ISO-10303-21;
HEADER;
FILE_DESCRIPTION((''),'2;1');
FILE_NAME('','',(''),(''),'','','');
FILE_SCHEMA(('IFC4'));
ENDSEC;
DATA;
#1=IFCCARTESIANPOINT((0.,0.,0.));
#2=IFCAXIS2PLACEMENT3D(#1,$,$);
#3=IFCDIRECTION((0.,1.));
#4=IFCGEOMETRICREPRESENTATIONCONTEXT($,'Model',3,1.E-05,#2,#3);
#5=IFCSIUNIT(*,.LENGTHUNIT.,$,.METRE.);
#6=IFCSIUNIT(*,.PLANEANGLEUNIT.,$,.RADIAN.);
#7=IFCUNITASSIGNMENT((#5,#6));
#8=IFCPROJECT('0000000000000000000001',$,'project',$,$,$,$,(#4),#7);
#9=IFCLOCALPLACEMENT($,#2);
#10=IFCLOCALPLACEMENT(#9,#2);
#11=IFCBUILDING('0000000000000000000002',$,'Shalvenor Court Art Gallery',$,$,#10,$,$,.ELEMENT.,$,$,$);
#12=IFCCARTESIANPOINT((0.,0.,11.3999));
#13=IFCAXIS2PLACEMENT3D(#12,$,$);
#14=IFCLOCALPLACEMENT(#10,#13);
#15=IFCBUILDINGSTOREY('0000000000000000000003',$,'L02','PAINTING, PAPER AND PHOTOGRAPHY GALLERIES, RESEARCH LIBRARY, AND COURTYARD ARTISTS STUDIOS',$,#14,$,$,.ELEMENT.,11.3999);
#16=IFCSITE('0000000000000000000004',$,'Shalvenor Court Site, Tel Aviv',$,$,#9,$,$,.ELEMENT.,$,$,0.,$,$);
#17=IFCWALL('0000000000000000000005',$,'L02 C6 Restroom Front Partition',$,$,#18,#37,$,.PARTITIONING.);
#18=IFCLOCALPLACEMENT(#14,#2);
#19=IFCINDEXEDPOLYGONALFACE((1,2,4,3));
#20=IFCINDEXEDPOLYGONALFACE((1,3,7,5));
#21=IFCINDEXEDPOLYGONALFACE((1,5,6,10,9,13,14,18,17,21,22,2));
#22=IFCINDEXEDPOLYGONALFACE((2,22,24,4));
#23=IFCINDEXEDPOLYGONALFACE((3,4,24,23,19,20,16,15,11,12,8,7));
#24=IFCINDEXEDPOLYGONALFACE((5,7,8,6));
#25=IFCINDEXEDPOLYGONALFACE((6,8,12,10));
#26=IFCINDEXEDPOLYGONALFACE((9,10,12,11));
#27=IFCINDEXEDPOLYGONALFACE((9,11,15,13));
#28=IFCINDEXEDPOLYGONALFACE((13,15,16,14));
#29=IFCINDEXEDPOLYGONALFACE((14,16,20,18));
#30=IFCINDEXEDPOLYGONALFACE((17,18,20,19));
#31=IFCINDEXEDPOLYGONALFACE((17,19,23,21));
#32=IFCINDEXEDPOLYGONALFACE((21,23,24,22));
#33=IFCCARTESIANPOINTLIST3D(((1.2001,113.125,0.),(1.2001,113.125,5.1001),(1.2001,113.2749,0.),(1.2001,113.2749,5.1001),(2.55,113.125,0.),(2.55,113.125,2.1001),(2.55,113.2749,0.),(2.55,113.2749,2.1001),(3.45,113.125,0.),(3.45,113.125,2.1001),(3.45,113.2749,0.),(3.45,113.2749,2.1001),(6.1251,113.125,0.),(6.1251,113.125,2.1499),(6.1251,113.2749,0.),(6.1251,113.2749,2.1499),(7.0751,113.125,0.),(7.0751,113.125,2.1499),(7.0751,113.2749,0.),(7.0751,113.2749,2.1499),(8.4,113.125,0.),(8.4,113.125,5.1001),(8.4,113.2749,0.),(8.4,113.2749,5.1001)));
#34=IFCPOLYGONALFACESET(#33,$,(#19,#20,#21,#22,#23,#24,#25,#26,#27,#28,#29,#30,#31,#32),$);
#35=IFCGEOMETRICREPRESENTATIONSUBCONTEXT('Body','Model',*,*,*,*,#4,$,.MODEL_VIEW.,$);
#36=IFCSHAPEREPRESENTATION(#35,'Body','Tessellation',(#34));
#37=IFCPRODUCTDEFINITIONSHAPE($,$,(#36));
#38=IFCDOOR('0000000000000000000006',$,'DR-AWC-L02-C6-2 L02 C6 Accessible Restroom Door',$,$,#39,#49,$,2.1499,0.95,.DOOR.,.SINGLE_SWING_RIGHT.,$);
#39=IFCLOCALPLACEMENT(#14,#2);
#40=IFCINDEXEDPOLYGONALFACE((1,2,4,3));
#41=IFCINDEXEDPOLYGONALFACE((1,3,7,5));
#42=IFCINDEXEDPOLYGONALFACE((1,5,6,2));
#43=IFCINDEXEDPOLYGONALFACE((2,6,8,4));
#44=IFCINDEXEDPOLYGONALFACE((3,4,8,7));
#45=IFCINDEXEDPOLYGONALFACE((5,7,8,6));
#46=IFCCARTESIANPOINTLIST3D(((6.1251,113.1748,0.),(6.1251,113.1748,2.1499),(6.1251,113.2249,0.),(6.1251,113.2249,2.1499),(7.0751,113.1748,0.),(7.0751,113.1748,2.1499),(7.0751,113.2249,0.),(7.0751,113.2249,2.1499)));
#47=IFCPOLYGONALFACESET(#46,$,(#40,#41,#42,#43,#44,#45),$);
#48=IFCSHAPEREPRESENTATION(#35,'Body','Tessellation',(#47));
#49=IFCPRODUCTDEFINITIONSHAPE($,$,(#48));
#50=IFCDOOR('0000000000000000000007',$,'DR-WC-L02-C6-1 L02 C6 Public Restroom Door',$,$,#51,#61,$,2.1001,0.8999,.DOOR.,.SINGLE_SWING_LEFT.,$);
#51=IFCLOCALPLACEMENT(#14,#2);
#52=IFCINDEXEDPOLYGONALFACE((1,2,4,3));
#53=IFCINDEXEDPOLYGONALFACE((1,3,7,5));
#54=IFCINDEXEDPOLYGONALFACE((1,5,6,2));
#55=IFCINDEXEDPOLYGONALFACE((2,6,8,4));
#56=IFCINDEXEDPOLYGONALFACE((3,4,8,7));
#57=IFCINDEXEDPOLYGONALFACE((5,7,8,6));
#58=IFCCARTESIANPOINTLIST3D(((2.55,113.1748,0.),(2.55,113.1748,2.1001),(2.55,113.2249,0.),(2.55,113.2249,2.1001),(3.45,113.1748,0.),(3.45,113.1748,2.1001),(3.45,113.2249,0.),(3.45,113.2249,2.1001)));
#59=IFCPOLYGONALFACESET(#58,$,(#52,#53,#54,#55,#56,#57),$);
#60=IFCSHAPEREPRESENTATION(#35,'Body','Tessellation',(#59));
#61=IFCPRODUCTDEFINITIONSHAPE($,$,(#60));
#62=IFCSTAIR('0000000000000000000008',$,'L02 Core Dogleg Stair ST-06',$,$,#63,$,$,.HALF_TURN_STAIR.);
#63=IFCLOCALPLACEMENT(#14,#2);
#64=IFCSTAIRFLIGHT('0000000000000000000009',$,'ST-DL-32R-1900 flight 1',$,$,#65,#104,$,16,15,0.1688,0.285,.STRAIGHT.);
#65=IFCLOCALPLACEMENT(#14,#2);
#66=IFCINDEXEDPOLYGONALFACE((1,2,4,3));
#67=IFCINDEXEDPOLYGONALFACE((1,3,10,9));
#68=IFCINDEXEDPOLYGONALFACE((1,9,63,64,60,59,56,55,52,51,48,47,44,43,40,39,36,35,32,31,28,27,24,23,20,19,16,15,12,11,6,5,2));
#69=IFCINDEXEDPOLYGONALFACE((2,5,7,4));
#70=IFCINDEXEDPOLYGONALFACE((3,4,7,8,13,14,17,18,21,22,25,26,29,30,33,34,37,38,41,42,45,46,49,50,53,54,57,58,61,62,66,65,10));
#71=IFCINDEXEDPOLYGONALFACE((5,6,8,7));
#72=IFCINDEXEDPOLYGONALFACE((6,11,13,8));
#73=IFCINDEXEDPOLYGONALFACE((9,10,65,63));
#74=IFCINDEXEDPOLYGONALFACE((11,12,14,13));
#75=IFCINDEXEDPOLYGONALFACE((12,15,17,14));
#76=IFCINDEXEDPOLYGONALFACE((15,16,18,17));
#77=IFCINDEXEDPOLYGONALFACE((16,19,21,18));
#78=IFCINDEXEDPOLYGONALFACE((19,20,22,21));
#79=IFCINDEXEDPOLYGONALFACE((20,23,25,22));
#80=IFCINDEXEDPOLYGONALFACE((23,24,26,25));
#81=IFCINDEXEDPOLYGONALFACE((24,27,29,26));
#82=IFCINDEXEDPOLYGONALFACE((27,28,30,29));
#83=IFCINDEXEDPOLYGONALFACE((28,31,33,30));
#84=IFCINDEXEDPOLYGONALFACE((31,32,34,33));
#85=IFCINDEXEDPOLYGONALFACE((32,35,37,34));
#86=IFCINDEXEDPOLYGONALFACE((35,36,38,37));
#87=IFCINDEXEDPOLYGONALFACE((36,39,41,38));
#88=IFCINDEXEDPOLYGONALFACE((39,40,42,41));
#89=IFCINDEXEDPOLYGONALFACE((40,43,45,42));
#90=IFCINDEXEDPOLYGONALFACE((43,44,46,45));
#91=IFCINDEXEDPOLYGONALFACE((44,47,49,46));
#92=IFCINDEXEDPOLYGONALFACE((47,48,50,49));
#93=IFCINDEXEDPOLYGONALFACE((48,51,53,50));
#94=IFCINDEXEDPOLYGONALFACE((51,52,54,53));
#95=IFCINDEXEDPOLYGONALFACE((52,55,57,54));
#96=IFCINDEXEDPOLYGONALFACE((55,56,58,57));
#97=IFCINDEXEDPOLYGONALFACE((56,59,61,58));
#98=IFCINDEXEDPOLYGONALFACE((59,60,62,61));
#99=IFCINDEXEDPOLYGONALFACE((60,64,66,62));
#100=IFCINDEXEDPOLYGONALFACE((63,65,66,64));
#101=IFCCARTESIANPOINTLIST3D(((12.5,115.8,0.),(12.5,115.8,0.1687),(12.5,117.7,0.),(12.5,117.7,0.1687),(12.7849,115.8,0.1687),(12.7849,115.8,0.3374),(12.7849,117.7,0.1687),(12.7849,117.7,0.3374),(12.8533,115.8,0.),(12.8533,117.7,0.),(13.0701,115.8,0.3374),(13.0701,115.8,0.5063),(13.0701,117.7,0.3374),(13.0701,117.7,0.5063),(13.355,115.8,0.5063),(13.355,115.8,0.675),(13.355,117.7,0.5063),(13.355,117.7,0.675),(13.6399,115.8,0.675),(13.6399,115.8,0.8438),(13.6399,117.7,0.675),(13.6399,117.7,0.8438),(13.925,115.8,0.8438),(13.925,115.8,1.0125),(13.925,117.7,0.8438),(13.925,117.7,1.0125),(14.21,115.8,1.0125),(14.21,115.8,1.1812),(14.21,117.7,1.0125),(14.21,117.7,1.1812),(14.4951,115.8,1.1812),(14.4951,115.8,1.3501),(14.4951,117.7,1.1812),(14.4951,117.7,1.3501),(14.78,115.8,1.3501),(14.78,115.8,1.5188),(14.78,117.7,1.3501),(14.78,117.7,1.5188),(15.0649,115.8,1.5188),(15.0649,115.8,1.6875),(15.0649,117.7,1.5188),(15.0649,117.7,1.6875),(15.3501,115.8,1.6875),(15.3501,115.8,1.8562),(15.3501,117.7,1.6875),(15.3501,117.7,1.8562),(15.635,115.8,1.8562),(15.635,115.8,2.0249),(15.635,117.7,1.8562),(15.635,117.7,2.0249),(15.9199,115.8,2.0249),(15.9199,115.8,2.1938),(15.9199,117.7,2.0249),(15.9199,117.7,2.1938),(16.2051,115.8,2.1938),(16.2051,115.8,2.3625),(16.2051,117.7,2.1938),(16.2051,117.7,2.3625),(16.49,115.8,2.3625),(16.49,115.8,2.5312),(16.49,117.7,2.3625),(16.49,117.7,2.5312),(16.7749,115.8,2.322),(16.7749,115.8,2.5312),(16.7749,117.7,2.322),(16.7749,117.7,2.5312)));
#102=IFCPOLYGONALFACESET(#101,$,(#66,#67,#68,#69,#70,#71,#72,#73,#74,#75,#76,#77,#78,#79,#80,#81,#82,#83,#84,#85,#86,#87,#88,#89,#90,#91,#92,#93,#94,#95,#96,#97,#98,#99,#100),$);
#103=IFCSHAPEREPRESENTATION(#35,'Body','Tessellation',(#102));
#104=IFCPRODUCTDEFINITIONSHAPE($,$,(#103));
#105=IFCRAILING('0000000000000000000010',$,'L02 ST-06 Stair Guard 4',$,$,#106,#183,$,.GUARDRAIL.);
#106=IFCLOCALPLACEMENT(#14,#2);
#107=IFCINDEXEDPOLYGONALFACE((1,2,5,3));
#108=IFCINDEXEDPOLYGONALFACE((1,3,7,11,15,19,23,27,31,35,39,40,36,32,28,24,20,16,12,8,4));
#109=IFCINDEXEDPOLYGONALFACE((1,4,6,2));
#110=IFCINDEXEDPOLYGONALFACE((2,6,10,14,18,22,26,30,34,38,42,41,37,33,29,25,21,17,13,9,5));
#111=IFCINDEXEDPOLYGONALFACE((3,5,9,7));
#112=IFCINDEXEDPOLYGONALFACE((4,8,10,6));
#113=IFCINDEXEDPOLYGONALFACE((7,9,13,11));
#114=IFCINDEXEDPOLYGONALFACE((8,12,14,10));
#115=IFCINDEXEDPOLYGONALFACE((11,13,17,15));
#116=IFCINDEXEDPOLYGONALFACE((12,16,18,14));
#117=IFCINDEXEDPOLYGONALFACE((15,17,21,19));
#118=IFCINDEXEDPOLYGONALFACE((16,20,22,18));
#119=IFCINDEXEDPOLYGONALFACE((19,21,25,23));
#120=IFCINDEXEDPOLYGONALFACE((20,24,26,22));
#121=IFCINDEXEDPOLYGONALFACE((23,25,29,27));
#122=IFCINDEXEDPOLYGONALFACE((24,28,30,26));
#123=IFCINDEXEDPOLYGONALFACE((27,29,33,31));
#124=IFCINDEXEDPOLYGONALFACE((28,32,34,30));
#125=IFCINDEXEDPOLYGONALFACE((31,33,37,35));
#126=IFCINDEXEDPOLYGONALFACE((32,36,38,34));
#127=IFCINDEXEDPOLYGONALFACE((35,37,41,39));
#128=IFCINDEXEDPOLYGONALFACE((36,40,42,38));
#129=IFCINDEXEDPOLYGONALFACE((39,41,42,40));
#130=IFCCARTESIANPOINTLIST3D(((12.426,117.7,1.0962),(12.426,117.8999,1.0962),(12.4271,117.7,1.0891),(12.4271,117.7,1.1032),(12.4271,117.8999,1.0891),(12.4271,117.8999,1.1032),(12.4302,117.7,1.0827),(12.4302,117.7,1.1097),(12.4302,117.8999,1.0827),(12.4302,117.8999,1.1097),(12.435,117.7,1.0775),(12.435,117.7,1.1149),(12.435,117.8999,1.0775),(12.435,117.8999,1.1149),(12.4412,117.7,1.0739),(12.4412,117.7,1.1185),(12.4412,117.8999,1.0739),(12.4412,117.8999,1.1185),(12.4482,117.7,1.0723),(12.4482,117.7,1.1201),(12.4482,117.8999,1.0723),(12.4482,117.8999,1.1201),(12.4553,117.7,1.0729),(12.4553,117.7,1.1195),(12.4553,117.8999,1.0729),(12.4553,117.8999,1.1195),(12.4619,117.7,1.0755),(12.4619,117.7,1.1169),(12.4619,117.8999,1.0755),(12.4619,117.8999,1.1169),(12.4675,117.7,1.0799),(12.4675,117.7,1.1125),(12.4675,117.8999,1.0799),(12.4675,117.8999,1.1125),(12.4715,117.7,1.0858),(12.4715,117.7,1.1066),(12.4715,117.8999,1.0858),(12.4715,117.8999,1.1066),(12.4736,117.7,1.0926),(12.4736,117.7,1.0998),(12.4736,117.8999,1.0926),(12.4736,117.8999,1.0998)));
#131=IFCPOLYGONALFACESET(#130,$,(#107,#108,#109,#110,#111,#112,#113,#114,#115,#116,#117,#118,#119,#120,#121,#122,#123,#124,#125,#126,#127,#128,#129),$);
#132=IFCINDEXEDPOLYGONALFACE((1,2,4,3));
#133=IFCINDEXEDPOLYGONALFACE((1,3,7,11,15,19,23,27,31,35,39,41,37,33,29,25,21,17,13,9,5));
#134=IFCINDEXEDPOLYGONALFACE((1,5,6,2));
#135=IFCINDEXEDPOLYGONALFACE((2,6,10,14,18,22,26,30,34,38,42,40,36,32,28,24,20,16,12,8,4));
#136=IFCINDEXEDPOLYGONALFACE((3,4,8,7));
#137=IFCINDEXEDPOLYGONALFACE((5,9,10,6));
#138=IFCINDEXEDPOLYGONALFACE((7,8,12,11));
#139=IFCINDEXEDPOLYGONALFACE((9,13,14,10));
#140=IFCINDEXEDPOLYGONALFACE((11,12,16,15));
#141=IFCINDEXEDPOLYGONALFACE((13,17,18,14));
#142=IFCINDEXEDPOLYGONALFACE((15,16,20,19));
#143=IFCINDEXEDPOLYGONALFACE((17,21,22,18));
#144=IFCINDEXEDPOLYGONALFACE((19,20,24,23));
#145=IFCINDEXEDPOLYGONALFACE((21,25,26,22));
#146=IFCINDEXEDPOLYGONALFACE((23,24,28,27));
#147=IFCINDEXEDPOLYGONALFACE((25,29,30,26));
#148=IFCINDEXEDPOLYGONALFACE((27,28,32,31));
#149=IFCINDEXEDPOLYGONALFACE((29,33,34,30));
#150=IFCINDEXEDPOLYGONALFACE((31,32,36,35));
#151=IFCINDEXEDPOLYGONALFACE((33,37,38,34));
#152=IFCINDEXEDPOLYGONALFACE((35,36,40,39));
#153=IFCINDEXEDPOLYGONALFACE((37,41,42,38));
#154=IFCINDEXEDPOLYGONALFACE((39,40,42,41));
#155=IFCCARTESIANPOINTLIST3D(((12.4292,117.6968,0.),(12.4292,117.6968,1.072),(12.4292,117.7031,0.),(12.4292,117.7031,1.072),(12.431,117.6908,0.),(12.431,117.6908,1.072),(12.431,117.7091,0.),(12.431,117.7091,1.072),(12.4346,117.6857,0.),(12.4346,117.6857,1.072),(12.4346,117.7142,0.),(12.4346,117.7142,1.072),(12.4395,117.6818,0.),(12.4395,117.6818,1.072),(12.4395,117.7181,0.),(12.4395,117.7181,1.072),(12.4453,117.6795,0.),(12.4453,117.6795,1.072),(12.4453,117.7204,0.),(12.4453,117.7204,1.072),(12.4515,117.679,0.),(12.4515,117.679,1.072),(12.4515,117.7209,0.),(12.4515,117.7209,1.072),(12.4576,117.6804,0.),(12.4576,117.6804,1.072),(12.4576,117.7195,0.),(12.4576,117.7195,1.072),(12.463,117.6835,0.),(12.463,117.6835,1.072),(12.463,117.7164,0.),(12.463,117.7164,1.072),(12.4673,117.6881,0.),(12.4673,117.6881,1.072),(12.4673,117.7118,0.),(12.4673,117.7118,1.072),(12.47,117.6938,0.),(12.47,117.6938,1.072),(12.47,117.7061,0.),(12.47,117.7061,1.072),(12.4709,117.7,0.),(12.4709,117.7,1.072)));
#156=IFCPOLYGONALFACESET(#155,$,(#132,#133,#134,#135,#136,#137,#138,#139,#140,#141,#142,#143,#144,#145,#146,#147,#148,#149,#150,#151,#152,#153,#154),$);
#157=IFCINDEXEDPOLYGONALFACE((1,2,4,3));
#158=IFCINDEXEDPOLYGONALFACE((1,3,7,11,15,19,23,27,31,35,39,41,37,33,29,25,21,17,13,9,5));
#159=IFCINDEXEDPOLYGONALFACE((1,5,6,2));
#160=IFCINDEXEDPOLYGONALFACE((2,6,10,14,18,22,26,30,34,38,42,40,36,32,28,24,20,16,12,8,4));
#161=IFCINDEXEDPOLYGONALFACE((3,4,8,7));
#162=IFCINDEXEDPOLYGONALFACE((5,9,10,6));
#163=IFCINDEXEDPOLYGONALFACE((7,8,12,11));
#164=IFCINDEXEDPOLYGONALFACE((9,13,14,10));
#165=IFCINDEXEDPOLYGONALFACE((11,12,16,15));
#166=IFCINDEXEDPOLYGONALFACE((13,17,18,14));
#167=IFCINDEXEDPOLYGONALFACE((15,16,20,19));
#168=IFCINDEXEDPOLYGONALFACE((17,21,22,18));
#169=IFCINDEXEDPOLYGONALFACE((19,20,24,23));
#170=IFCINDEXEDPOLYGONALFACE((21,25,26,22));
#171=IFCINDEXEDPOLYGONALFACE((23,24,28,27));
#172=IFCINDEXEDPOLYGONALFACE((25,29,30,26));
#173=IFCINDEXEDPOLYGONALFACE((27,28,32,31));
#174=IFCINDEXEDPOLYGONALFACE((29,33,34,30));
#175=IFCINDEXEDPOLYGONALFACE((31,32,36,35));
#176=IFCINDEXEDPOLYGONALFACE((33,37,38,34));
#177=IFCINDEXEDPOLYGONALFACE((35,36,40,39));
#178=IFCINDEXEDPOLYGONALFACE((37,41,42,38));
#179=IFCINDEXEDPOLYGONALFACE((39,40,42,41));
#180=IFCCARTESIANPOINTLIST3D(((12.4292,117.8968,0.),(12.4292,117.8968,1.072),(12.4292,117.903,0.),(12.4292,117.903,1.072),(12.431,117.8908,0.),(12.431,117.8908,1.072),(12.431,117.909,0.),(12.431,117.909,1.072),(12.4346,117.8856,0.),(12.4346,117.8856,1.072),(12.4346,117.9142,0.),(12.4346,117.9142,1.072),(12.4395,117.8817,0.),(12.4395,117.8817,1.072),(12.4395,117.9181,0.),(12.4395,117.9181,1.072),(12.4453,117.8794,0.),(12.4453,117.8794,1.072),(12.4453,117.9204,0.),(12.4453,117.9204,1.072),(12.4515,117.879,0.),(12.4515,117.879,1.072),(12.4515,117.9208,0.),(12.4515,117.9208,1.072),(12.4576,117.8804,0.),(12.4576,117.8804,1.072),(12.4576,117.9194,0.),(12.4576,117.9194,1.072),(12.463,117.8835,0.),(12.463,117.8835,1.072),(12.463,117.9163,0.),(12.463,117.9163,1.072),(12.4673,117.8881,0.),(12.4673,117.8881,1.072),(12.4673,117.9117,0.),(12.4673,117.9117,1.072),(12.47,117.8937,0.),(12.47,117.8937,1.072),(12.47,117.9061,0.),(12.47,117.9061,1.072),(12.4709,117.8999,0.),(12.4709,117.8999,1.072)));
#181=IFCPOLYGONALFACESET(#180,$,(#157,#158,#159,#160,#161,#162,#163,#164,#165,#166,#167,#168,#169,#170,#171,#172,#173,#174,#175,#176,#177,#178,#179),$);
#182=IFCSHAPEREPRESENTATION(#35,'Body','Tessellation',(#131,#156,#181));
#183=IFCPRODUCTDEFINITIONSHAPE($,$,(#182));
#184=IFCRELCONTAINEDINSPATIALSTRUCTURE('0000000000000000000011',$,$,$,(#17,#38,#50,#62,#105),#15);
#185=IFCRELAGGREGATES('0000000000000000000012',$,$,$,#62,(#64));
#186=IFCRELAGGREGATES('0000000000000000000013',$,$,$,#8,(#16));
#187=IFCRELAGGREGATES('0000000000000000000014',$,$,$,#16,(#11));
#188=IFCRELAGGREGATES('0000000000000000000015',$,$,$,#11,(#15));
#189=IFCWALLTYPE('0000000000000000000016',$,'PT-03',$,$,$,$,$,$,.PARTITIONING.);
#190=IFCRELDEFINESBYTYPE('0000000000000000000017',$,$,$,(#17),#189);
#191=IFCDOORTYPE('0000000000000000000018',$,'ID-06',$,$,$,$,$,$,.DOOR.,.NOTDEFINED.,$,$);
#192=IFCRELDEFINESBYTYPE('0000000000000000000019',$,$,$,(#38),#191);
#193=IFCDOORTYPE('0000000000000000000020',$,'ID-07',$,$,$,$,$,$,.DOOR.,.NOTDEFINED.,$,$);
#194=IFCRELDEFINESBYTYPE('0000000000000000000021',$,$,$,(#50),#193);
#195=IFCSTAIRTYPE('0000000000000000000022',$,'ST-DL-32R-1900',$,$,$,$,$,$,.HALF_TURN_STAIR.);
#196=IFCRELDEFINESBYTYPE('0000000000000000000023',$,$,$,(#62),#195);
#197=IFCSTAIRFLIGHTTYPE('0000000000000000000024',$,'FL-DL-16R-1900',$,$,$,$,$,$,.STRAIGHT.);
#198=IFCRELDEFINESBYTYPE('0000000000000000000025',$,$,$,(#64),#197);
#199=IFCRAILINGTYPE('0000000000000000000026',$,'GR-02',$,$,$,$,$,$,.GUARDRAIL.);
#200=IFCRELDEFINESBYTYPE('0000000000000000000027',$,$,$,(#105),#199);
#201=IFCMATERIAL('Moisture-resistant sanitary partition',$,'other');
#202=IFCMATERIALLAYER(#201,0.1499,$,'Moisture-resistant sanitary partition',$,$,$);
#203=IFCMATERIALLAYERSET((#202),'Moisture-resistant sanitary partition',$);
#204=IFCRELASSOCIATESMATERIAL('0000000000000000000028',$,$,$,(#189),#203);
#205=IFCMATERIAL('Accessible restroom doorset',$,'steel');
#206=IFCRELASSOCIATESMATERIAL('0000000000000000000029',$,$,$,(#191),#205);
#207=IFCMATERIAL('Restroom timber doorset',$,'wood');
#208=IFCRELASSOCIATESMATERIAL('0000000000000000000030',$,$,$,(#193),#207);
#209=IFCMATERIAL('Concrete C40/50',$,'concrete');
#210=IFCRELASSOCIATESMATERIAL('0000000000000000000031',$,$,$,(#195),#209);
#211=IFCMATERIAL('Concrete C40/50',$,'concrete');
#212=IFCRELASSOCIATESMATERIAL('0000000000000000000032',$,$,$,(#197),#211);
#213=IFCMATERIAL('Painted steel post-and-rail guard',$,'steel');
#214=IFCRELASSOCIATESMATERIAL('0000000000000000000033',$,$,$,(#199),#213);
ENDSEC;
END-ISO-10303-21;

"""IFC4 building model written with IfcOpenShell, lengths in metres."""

from ifc_helpers import new_model, si_unit, direction, frame, frame_2d, origin, origin_2d, place, context, subcontext, project, spatial, polyline, rectangle, circle, outline, extrude, material, layer, layer_set, type_object, element, fill, aggregate, save


model = new_model("IFC4")

# Units and contexts
model_context = context("Model", 3, precision=1e-05, world=origin(), true_north=direction((0.0, 1.0)))
body_context = subcontext(model_context, "Body", "Model", "MODEL_VIEW")
ifc_project = project(units=[si_unit("LENGTHUNIT", "METRE"), si_unit("PLANEANGLEUNIT", "RADIAN")], contexts=[model_context])

# Site, building, storey
site_placement = place(None, origin())
site = spatial("IfcSite", under=ifc_project, at=site_placement, Name="Shalvenor Court Site, Tel Aviv", CompositionType="ELEMENT", RefElevation=0.0)
building_placement = place(site_placement, origin())
building = spatial("IfcBuilding", under=site, at=building_placement, Name="Shalvenor Court Art Gallery", CompositionType="ELEMENT")
storey_placement = place(building_placement, frame((0.0, 0.0, 11.3999)))
storey = spatial("IfcBuildingStorey", under=building, at=storey_placement, Name="L02", Description="PAINTING, PAPER AND PHOTOGRAPHY GALLERIES, RESEARCH LIBRARY, AND COURTYARD ARTISTS STUDIOS", CompositionType="ELEMENT", Elevation=11.3999)

# Wall, openings, doors
ifc_material_1 = material(Name="Moisture-resistant sanitary partition", Category="other")
ifc_layer_1 = layer(ifc_material_1, 0.1499, Name="Moisture-resistant sanitary partition")
ifc_layer_set_1 = layer_set([ifc_layer_1], Name="Moisture-resistant sanitary partition")
wall_type_1 = type_object("IfcWallType", Name="PT-03", PredefinedType="PARTITIONING", material=ifc_layer_set_1)
wall_1_placement = place(storey_placement, frame((1.2, 113.2, 0.0), z_axis=(0.0, 0.0, 1.0), x_axis=(1.0, 0.0, 0.0)))
wall_1 = element("IfcWall", 1, at=wall_1_placement, inside=storey, type_object=wall_type_1, Name="L02 C6 Restroom Front Partition", PredefinedType="PARTITIONING", context=body_context, shape_type="SweptSolid", body=[
    extrude(rectangle(XDim=7.2, YDim=0.1499, at=frame_2d((3.6001, 0.0))), origin(), (0.0, 0.0, 1.0), 5.1001),
])
opening_1_placement = place(wall_1_placement, frame((1.3501, 0.0, 0.0)))
opening_1 = element("IfcOpeningElement", 2, at=opening_1_placement, cuts=wall_1, PredefinedType="OPENING", context=body_context, shape_type="SweptSolid", body=[
    extrude(rectangle(XDim=0.8999, YDim=2.1001, at=frame_2d((0.45, 1.05))), frame((0.0, 0.085, 0.0), z_axis=(0.0, -1.0, 0.0), x_axis=(1.0, 0.0, 0.0)), (0.0, 0.0, 1.0), 0.1699),
])
opening_2_placement = place(wall_1_placement, frame((4.925, 0.0, 0.0)))
opening_2 = element("IfcOpeningElement", 3, at=opening_2_placement, cuts=wall_1, PredefinedType="OPENING", context=body_context, shape_type="SweptSolid", body=[
    extrude(rectangle(XDim=0.95, YDim=2.1499, at=frame_2d((0.4751, 1.075))), frame((0.0, 0.085, 0.0), z_axis=(0.0, -1.0, 0.0), x_axis=(1.0, 0.0, 0.0)), (0.0, 0.0, 1.0), 0.1699),
])
ifc_material_2 = material(Name="Accessible restroom doorset", Category="steel")
door_type_1 = type_object("IfcDoorType", Name="ID-06", OperationType="NOTDEFINED", PredefinedType="DOOR", material=ifc_material_2)
door_1_placement = place(opening_2_placement, origin())
door_1 = element("IfcDoor", 4, at=door_1_placement, inside=storey, type_object=door_type_1, Name="DR-AWC-L02-C6-2 L02 C6 Accessible Restroom Door", OperationType="SINGLE_SWING_RIGHT", OverallHeight=2.1499, OverallWidth=0.95, PredefinedType="DOOR", context=body_context, shape_type="SweptSolid", body=[
    extrude(rectangle(XDim=0.95, YDim=2.1499, at=frame_2d((0.4751, 1.075))), frame((0.0, 0.0249, 0.0), z_axis=(0.0, -1.0, 0.0), x_axis=(1.0, 0.0, 0.0)), (0.0, 0.0, 1.0), 0.05),
])
fill(opening_2, door_1)
ifc_material_3 = material(Name="Restroom timber doorset", Category="wood")
door_type_2 = type_object("IfcDoorType", Name="ID-07", OperationType="NOTDEFINED", PredefinedType="DOOR", material=ifc_material_3)
door_2_placement = place(opening_1_placement, origin())
door_2 = element("IfcDoor", 5, at=door_2_placement, inside=storey, type_object=door_type_2, Name="DR-WC-L02-C6-1 L02 C6 Public Restroom Door", OperationType="SINGLE_SWING_LEFT", OverallHeight=2.1001, OverallWidth=0.8999, PredefinedType="DOOR", context=body_context, shape_type="SweptSolid", body=[
    extrude(rectangle(XDim=0.8999, YDim=2.1001, at=frame_2d((0.45, 1.05))), frame((0.0, 0.0249, 0.0), z_axis=(0.0, -1.0, 0.0), x_axis=(1.0, 0.0, 0.0)), (0.0, 0.0, 1.0), 0.05),
])
fill(opening_1, door_2)

# Stair, stair flight
ifc_material_4 = material(Name="Concrete C40/50", Category="concrete")
stair_type = type_object("IfcStairType", Name="ST-DL-32R-1900", PredefinedType="HALF_TURN_STAIR", material=ifc_material_4)
stair_placement = place(storey_placement, origin())
stair = element("IfcStair", 6, at=stair_placement, inside=storey, type_object=stair_type, Name="L02 Core Dogleg Stair ST-06", PredefinedType="HALF_TURN_STAIR")
ifc_material_5 = material(Name="Concrete C40/50", Category="concrete")
stair_flight_type = type_object("IfcStairFlightType", Name="FL-DL-16R-1900", PredefinedType="STRAIGHT", material=ifc_material_5)
stair_flight_placement = place(storey_placement, frame((12.5, 116.75, 0.0), z_axis=(0.0, 0.0, 1.0), x_axis=(1.0, 0.0, 0.0)))
stair_flight = element("IfcStairFlight", 7, at=stair_flight_placement, type_object=stair_flight_type, Name="ST-DL-32R-1900 flight 1", NumberOfRisers=16, NumberOfTreads=15, PredefinedType="STRAIGHT", RiserHeight=0.1688, TreadLength=0.285, context=body_context, shape_type="SweptSolid", body=[
    extrude(outline(polyline([(0.0, 0.0), (0.0, 0.1687), (0.2849, 0.1687), (0.2849, 0.3374), (0.5701, 0.3374), (0.5701, 0.5063), (0.855, 0.5063), (0.855, 0.675), (1.1399, 0.675), (1.1399, 0.8438), (1.425, 0.8438), (1.425, 1.0125), (1.71, 1.0125), (1.71, 1.1812), (1.9951, 1.1812), (1.9951, 1.3501), (2.28, 1.3501), (2.28, 1.5188), (2.5649, 1.5188), (2.5649, 1.6875), (2.8501, 1.6875), (2.8501, 1.8562), (3.135, 1.8562), (3.135, 2.0249), (3.4199, 2.0249), (3.4199, 2.1938), (3.7051, 2.1938), (3.7051, 2.3625), (3.99, 2.3625), (3.99, 2.5312), (4.2749, 2.5312), (4.2749, 2.7), (4.2749, 2.322), (0.3533, 0.0), (0.0, 0.0)])), frame((0.0, 0.95, 0.0), z_axis=(0.0, -1.0, 0.0), x_axis=(1.0, 0.0, 0.0)), (0.0, 0.0, 1.0), 1.8999),
])
aggregate(stair, [stair_flight])

# Railing
ifc_material_6 = material(Name="Painted steel post-and-rail guard", Category="steel")
railing_type_1 = type_object("IfcRailingType", Name="GR-02", PredefinedType="GUARDRAIL", material=ifc_material_6)
railing_1_placement = place(storey_placement, frame((12.45, 117.7, 0.0)))
element("IfcRailing", 8, at=railing_1_placement, inside=storey, type_object=railing_type_1, Name="L02 ST-06 Stair Guard 4", PredefinedType="GUARDRAIL", context=body_context, shape_type="SweptSolid", body=[
    extrude(circle(Radius=0.0239, at=origin_2d()), frame((0.0, 0.0, 1.0962), z_axis=(0.0, 1.0, 0.0), x_axis=(-1.0, 0.0, 0.0)), (0.0, 0.0, 1.0), 0.2),
    extrude(circle(Radius=0.021, at=origin_2d()), origin(), (0.0, 0.0, 1.0), 1.072),
    extrude(circle(Radius=0.021, at=origin_2d()), frame((0.0, 0.2, 0.0)), (0.0, 0.0, 1.0), 1.072),
])

save(model, "model.ifc")
